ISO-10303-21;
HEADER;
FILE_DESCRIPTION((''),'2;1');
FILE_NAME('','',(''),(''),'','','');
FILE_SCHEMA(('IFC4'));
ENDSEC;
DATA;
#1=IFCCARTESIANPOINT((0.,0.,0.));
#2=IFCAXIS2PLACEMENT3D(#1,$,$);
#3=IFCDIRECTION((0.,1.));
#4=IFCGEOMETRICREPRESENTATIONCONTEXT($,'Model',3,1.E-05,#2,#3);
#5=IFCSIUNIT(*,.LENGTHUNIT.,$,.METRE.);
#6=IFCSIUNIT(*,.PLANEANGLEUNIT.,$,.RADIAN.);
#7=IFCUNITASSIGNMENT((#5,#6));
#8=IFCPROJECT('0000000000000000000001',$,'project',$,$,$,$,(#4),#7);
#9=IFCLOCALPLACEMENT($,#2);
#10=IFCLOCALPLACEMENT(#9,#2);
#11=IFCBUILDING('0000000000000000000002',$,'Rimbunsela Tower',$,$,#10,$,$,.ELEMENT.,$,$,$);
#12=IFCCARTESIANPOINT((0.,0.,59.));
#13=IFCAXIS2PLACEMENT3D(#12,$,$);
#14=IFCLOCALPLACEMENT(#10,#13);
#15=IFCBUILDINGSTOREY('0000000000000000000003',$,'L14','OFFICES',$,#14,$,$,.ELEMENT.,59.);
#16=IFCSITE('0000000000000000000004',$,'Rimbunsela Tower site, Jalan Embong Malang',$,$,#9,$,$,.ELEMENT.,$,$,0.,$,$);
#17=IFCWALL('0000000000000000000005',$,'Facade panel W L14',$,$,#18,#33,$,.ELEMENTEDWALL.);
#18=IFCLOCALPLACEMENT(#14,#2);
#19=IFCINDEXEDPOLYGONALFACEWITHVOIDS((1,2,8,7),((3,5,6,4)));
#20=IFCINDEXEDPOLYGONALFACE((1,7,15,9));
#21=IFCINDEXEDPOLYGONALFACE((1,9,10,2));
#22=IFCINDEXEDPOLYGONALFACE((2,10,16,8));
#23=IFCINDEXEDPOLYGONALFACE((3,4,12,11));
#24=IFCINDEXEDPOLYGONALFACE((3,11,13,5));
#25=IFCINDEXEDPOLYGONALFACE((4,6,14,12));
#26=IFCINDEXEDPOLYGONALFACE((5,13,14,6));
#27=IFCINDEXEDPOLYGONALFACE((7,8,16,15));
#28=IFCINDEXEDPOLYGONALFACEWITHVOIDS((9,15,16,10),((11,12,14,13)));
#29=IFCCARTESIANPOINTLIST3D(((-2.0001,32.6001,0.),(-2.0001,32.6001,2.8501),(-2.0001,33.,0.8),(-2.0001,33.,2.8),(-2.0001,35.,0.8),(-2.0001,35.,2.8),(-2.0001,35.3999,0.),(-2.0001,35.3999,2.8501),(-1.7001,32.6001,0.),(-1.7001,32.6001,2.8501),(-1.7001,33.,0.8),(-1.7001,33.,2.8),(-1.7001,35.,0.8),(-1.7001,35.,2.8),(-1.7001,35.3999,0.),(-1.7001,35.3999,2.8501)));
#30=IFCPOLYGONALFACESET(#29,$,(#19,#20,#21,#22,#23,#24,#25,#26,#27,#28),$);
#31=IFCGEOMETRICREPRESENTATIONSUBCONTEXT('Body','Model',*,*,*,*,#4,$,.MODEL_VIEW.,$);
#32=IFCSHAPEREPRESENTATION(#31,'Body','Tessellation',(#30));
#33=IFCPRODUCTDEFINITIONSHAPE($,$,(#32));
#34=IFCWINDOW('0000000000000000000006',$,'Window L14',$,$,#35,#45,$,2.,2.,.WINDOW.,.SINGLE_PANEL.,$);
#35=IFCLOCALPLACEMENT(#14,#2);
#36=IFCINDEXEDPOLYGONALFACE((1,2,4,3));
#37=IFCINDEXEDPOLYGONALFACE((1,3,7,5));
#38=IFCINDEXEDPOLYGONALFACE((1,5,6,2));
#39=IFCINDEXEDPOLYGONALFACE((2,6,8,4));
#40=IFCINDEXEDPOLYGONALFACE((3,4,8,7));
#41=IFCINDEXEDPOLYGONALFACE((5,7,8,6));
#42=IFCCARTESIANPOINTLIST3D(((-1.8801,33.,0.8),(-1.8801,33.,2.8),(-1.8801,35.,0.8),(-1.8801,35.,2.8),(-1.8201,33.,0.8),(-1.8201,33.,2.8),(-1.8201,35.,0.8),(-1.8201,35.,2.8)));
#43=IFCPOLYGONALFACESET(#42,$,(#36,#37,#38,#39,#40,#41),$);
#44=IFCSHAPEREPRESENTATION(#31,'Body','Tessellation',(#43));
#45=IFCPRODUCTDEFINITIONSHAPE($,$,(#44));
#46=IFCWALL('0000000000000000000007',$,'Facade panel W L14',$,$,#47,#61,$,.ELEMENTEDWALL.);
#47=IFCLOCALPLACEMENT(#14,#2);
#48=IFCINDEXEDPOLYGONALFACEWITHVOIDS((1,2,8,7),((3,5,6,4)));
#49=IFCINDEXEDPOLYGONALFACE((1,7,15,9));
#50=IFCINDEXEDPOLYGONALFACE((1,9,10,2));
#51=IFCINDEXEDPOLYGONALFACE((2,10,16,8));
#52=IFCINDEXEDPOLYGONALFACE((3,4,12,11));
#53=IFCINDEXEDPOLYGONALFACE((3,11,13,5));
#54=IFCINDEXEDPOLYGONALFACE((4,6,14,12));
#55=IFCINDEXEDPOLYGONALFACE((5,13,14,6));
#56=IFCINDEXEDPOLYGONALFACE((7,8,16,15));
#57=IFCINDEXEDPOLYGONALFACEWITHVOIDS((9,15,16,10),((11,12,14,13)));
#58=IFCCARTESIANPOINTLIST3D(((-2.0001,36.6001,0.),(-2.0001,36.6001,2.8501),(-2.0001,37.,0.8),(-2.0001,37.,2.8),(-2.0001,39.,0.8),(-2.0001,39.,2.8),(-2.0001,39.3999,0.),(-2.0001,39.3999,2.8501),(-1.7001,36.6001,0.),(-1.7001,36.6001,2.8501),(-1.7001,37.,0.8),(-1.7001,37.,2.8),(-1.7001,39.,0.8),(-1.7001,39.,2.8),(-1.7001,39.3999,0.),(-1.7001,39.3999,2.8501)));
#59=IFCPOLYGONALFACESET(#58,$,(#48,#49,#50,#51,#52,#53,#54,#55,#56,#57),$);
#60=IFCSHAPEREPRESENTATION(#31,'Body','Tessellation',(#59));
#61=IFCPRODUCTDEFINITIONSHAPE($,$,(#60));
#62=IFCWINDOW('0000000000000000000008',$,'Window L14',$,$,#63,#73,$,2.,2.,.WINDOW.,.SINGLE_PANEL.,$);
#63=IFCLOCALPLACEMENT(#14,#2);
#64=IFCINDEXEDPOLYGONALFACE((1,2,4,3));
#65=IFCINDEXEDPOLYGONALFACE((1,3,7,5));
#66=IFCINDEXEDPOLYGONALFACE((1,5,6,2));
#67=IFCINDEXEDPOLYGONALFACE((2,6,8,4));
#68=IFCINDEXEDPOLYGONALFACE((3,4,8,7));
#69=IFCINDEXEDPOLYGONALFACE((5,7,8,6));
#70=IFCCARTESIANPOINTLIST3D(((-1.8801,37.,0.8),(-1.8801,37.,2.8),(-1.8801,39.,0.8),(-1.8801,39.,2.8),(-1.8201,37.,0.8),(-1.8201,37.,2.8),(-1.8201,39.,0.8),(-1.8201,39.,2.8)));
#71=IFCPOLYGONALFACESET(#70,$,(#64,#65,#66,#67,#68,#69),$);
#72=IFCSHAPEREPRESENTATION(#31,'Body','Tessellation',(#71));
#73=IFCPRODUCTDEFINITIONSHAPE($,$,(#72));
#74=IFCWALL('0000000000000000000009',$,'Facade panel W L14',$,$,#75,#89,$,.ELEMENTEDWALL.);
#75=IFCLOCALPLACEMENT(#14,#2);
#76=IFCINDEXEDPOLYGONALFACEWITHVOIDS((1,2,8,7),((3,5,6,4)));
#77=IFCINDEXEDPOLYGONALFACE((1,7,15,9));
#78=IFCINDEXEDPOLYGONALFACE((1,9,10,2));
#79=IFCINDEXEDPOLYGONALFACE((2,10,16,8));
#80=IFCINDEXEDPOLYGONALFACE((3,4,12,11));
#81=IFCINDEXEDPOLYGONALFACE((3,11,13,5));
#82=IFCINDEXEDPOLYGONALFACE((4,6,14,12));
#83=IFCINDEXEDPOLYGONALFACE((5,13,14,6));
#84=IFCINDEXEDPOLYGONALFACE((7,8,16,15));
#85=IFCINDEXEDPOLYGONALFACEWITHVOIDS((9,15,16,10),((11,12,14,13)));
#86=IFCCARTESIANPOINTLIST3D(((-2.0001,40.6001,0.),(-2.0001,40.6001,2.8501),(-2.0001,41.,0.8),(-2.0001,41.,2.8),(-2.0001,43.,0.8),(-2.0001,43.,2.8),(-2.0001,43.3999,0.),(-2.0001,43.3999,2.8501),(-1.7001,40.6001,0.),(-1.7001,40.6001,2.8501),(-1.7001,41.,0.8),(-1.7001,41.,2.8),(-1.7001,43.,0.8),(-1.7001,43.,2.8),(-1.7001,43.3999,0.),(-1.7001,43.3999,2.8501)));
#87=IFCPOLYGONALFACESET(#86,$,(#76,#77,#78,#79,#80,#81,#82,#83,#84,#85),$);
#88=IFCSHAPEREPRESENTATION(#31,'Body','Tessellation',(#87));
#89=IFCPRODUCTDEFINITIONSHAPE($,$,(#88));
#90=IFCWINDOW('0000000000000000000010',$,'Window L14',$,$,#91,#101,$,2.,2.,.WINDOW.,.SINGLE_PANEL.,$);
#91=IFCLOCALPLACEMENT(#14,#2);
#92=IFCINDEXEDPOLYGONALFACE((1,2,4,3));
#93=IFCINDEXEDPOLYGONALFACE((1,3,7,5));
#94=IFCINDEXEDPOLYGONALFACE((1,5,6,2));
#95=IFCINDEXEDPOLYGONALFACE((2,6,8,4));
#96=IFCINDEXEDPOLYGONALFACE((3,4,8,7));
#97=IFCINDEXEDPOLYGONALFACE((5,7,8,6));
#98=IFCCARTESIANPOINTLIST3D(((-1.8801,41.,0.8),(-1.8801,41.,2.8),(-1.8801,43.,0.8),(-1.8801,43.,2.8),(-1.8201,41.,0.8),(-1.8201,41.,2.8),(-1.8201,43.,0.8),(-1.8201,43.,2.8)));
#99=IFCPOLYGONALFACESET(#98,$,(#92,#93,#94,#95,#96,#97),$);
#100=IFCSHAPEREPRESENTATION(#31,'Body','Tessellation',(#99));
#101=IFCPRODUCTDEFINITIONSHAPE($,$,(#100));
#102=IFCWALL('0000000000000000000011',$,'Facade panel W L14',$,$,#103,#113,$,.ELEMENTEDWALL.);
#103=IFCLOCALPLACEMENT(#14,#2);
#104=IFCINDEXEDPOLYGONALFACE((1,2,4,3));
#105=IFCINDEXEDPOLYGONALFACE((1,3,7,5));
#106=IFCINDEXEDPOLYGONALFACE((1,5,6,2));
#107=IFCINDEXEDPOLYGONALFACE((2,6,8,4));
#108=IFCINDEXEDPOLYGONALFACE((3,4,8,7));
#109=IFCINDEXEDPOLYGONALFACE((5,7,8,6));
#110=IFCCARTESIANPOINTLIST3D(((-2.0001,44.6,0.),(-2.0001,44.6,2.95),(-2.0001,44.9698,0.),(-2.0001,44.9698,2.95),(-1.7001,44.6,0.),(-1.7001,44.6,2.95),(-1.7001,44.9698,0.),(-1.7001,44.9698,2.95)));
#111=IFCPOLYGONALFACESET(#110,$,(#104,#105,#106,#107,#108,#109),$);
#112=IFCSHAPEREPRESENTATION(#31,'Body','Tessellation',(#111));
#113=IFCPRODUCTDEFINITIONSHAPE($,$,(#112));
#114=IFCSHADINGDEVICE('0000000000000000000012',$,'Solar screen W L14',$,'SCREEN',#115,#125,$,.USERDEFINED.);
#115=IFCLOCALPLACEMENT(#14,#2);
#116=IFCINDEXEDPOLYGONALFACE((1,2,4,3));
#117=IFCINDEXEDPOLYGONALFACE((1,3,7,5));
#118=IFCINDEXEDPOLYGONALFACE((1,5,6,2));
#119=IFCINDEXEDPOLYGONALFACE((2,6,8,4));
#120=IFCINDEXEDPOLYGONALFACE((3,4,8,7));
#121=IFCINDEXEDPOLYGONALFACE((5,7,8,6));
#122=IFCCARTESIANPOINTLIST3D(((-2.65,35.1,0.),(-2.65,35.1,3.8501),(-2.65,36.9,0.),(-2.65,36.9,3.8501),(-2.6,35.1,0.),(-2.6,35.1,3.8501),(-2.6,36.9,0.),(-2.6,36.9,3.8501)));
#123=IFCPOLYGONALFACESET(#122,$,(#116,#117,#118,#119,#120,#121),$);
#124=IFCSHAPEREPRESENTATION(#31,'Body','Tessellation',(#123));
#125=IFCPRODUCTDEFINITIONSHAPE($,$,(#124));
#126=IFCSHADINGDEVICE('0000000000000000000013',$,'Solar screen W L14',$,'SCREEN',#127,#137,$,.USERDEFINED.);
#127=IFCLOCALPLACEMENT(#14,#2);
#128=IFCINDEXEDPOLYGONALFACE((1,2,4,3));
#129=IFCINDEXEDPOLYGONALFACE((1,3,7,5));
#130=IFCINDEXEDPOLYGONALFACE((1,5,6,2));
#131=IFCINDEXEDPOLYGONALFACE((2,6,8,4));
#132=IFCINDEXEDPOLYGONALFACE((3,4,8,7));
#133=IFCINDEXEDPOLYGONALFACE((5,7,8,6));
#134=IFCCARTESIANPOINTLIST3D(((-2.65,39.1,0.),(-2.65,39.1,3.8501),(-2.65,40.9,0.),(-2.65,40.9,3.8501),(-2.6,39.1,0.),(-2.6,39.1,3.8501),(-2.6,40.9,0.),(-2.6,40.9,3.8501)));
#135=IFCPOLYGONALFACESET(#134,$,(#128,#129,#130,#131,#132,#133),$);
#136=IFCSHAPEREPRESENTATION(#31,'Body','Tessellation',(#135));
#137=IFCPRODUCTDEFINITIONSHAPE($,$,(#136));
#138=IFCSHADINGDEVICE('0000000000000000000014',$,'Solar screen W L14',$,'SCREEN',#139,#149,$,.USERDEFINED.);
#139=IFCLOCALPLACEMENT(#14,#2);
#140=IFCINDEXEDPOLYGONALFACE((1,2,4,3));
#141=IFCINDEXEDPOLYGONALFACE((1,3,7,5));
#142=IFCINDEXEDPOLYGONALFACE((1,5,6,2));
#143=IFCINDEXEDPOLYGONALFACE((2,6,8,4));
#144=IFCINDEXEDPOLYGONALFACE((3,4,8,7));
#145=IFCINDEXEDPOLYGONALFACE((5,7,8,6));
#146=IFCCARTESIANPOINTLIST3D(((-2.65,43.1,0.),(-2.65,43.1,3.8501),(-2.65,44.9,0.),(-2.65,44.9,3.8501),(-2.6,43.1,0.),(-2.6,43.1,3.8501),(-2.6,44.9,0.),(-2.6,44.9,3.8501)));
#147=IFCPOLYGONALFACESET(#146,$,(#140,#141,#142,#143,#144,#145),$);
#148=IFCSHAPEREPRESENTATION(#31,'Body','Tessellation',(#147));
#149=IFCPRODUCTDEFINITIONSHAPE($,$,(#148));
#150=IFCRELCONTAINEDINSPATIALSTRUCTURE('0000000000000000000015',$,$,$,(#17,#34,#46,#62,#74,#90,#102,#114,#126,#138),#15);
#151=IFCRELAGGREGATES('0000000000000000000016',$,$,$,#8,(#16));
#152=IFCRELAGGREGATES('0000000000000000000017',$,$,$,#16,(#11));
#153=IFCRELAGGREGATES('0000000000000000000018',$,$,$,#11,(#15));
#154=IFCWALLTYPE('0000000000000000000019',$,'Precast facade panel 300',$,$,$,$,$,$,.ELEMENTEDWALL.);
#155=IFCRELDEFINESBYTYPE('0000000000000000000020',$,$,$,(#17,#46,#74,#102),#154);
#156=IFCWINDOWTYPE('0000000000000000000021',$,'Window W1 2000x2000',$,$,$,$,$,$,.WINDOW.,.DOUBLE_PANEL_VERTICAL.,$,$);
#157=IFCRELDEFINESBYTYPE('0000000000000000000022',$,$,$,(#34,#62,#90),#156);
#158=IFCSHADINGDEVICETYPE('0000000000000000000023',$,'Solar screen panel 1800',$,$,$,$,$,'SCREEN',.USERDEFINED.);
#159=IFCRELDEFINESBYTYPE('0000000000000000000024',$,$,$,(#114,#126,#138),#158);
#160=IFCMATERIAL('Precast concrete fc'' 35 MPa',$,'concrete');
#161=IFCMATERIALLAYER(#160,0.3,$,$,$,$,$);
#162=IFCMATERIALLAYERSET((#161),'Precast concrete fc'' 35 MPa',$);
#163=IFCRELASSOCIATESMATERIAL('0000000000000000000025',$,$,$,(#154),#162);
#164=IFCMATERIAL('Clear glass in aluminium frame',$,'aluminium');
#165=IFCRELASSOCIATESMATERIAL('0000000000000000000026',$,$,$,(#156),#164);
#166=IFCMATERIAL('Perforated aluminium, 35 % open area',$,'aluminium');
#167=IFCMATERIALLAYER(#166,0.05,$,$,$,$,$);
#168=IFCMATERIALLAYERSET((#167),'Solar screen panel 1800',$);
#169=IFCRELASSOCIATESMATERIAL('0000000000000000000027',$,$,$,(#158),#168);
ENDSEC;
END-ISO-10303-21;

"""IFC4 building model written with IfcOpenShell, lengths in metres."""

from ifc_helpers import new_model, si_unit, direction, frame, frame_2d, origin, origin_2d, place, context, subcontext, project, spatial, rectangle, extrude, material, layer, layer_set, type_object, element, fill, save


model = new_model("IFC4")

# Units and contexts
model_context = context("Model", 3, precision=1e-05, world=origin(), true_north=direction((0.0, 1.0)))
body_context = subcontext(model_context, "Body", "Model", "MODEL_VIEW")
ifc_project = project(units=[si_unit("LENGTHUNIT", "METRE"), si_unit("PLANEANGLEUNIT", "RADIAN")], contexts=[model_context])

# Site, building, storey
site_placement = place(None, origin())
site = spatial("IfcSite", under=ifc_project, at=site_placement, Name="Rimbunsela Tower site, Jalan Embong Malang", CompositionType="ELEMENT", RefElevation=0.0)
building_placement = place(site_placement, origin())
building = spatial("IfcBuilding", under=site, at=building_placement, Name="Rimbunsela Tower", CompositionType="ELEMENT")
storey_placement = place(building_placement, frame((0.0, 0.0, 59.0)))
storey = spatial("IfcBuildingStorey", under=building, at=storey_placement, Name="L14", Description="OFFICES", CompositionType="ELEMENT", Elevation=59.0)

# Walls, openings, windows
ifc_material_1 = material(Name="Precast concrete fc' 35 MPa", Category="concrete")
ifc_layer_1 = layer(ifc_material_1, 0.3)
ifc_layer_set_1 = layer_set([ifc_layer_1], Name="Precast concrete fc' 35 MPa")
wall_type_1 = type_object("IfcWallType", Name="Precast facade panel 300", PredefinedType="ELEMENTEDWALL", material=ifc_layer_set_1)
wall_1_placement = place(storey_placement, frame((-1.8501, 35.3999, 0.0), z_axis=(0.0, 0.0, 1.0), x_axis=(0.0, -1.0, 0.0)))
wall_1 = element("IfcWall", 1, at=wall_1_placement, inside=storey, type_object=wall_type_1, Name="Facade panel W L14", PredefinedType="ELEMENTEDWALL", context=body_context, shape_type="SweptSolid", body=[
    extrude(rectangle(XDim=2.7998, YDim=0.3, at=frame_2d((1.3999, 0.0))), origin(), (0.0, 0.0, 1.0), 2.8501),
])
opening_1_placement = place(wall_1_placement, frame((0.3999, 0.0, 0.8)))
opening_1 = element("IfcOpeningElement", 2, at=opening_1_placement, cuts=wall_1, PredefinedType="OPENING", context=body_context, shape_type="SweptSolid", body=[
    extrude(rectangle(XDim=2.0, YDim=2.0, at=frame_2d((1.0, 1.0))), frame((0.0, 0.1599, 0.0), z_axis=(0.0, -1.0, 0.0), x_axis=(1.0, 0.0, 0.0)), (0.0, 0.0, 1.0), 0.3201),
])
ifc_material_2 = material(Name="Clear glass in aluminium frame", Category="aluminium")
window_type = type_object("IfcWindowType", Name="Window W1 2000x2000", PartitioningType="DOUBLE_PANEL_VERTICAL", PredefinedType="WINDOW", material=ifc_material_2)
window_1_placement = place(opening_1_placement, origin())
window_1 = element("IfcWindow", 3, at=window_1_placement, inside=storey, type_object=window_type, Name="Window L14", OverallHeight=2.0, OverallWidth=2.0, PartitioningType="SINGLE_PANEL", PredefinedType="WINDOW", context=body_context, shape_type="SweptSolid", body=[
    extrude(rectangle(XDim=2.0, YDim=2.0, at=frame_2d((1.0, 1.0))), frame((0.0, 0.03, 0.0), z_axis=(0.0, -1.0, 0.0), x_axis=(1.0, 0.0, 0.0)), (0.0, 0.0, 1.0), 0.0601),
])
fill(opening_1, window_1)
wall_2_placement = place(storey_placement, frame((-1.8501, 39.3999, 0.0), z_axis=(0.0, 0.0, 1.0), x_axis=(0.0, -1.0, 0.0)))
wall_2 = element("IfcWall", 4, at=wall_2_placement, inside=storey, type_object=wall_type_1, Name="Facade panel W L14", PredefinedType="ELEMENTEDWALL", context=body_context, shape_type="SweptSolid", body=[
    extrude(rectangle(XDim=2.7998, YDim=0.3, at=frame_2d((1.3999, 0.0))), origin(), (0.0, 0.0, 1.0), 2.8501),
])
opening_2_placement = place(wall_2_placement, frame((0.3999, 0.0, 0.8)))
opening_2 = element("IfcOpeningElement", 5, at=opening_2_placement, cuts=wall_2, PredefinedType="OPENING", context=body_context, shape_type="SweptSolid", body=[
    extrude(rectangle(XDim=2.0, YDim=2.0, at=frame_2d((1.0, 1.0))), frame((0.0, 0.1599, 0.0), z_axis=(0.0, -1.0, 0.0), x_axis=(1.0, 0.0, 0.0)), (0.0, 0.0, 1.0), 0.3201),
])
window_2_placement = place(opening_2_placement, origin())
window_2 = element("IfcWindow", 6, at=window_2_placement, inside=storey, type_object=window_type, Name="Window L14", OverallHeight=2.0, OverallWidth=2.0, PartitioningType="SINGLE_PANEL", PredefinedType="WINDOW", context=body_context, shape_type="SweptSolid", body=[
    extrude(rectangle(XDim=2.0, YDim=2.0, at=frame_2d((1.0, 1.0))), frame((0.0, 0.03, 0.0), z_axis=(0.0, -1.0, 0.0), x_axis=(1.0, 0.0, 0.0)), (0.0, 0.0, 1.0), 0.0601),
])
fill(opening_2, window_2)
wall_3_placement = place(storey_placement, frame((-1.8501, 43.3999, 0.0), z_axis=(0.0, 0.0, 1.0), x_axis=(0.0, -1.0, 0.0)))
wall_3 = element("IfcWall", 7, at=wall_3_placement, inside=storey, type_object=wall_type_1, Name="Facade panel W L14", PredefinedType="ELEMENTEDWALL", context=body_context, shape_type="SweptSolid", body=[
    extrude(rectangle(XDim=2.7998, YDim=0.3, at=frame_2d((1.3999, 0.0))), origin(), (0.0, 0.0, 1.0), 2.8501),
])
opening_3_placement = place(wall_3_placement, frame((0.3999, 0.0, 0.8)))
opening_3 = element("IfcOpeningElement", 8, at=opening_3_placement, cuts=wall_3, PredefinedType="OPENING", context=body_context, shape_type="SweptSolid", body=[
    extrude(rectangle(XDim=2.0, YDim=2.0, at=frame_2d((1.0, 1.0))), frame((0.0, 0.1599, 0.0), z_axis=(0.0, -1.0, 0.0), x_axis=(1.0, 0.0, 0.0)), (0.0, 0.0, 1.0), 0.3201),
])
window_3_placement = place(opening_3_placement, origin())
window_3 = element("IfcWindow", 9, at=window_3_placement, inside=storey, type_object=window_type, Name="Window L14", OverallHeight=2.0, OverallWidth=2.0, PartitioningType="SINGLE_PANEL", PredefinedType="WINDOW", context=body_context, shape_type="SweptSolid", body=[
    extrude(rectangle(XDim=2.0, YDim=2.0, at=frame_2d((1.0, 1.0))), frame((0.0, 0.03, 0.0), z_axis=(0.0, -1.0, 0.0), x_axis=(1.0, 0.0, 0.0)), (0.0, 0.0, 1.0), 0.0601),
])
fill(opening_3, window_3)

# Wall
wall_4_placement = place(storey_placement, frame((-1.8501, 44.97, 0.0), z_axis=(0.0, 0.0, 1.0), x_axis=(0.0, -1.0, 0.0)))
element("IfcWall", 10, at=wall_4_placement, inside=storey, type_object=wall_type_1, Name="Facade panel W L14", PredefinedType="ELEMENTEDWALL", context=body_context, shape_type="SweptSolid", body=[
    extrude(rectangle(XDim=0.3699, YDim=0.3, at=frame_2d((0.1851, 0.0))), origin(), (0.0, 0.0, 1.0), 2.95),
])

# Shading devices
ifc_material_3 = material(Name="Perforated aluminium, 35 % open area", Category="aluminium")
ifc_layer_2 = layer(ifc_material_3, 0.05)
ifc_layer_set_2 = layer_set([ifc_layer_2], Name="Solar screen panel 1800")
shading_device_type = type_object("IfcShadingDeviceType", Name="Solar screen panel 1800", ElementType="SCREEN", PredefinedType="USERDEFINED", material=ifc_layer_set_2)
for number, where, z_axis, x_axis, name in (
    (11, (-2.625, 36.0, 0.0), (0.0, 0.0, 1.0), (0.0, 1.0, 0.0), "Solar screen W L14"),
    (12, (-2.625, 40.0, 0.0), (0.0, 0.0, 1.0), (0.0, 1.0, 0.0), "Solar screen W L14"),
    (13, (-2.625, 44.0, 0.0), (0.0, 0.0, 1.0), (0.0, 1.0, 0.0), "Solar screen W L14"),
):
    element("IfcShadingDevice", number, at=place(storey_placement, frame(where, z_axis=z_axis, x_axis=x_axis)), inside=storey, type_object=shading_device_type, Name=name, ObjectType="SCREEN", PredefinedType="USERDEFINED", context=body_context, shape_type="SweptSolid", body=[
        extrude(rectangle(XDim=1.8, YDim=0.05, at=origin_2d()), origin(), (0.0, 0.0, 1.0), 3.8501),
    ])

save(model, "model.ifc")
